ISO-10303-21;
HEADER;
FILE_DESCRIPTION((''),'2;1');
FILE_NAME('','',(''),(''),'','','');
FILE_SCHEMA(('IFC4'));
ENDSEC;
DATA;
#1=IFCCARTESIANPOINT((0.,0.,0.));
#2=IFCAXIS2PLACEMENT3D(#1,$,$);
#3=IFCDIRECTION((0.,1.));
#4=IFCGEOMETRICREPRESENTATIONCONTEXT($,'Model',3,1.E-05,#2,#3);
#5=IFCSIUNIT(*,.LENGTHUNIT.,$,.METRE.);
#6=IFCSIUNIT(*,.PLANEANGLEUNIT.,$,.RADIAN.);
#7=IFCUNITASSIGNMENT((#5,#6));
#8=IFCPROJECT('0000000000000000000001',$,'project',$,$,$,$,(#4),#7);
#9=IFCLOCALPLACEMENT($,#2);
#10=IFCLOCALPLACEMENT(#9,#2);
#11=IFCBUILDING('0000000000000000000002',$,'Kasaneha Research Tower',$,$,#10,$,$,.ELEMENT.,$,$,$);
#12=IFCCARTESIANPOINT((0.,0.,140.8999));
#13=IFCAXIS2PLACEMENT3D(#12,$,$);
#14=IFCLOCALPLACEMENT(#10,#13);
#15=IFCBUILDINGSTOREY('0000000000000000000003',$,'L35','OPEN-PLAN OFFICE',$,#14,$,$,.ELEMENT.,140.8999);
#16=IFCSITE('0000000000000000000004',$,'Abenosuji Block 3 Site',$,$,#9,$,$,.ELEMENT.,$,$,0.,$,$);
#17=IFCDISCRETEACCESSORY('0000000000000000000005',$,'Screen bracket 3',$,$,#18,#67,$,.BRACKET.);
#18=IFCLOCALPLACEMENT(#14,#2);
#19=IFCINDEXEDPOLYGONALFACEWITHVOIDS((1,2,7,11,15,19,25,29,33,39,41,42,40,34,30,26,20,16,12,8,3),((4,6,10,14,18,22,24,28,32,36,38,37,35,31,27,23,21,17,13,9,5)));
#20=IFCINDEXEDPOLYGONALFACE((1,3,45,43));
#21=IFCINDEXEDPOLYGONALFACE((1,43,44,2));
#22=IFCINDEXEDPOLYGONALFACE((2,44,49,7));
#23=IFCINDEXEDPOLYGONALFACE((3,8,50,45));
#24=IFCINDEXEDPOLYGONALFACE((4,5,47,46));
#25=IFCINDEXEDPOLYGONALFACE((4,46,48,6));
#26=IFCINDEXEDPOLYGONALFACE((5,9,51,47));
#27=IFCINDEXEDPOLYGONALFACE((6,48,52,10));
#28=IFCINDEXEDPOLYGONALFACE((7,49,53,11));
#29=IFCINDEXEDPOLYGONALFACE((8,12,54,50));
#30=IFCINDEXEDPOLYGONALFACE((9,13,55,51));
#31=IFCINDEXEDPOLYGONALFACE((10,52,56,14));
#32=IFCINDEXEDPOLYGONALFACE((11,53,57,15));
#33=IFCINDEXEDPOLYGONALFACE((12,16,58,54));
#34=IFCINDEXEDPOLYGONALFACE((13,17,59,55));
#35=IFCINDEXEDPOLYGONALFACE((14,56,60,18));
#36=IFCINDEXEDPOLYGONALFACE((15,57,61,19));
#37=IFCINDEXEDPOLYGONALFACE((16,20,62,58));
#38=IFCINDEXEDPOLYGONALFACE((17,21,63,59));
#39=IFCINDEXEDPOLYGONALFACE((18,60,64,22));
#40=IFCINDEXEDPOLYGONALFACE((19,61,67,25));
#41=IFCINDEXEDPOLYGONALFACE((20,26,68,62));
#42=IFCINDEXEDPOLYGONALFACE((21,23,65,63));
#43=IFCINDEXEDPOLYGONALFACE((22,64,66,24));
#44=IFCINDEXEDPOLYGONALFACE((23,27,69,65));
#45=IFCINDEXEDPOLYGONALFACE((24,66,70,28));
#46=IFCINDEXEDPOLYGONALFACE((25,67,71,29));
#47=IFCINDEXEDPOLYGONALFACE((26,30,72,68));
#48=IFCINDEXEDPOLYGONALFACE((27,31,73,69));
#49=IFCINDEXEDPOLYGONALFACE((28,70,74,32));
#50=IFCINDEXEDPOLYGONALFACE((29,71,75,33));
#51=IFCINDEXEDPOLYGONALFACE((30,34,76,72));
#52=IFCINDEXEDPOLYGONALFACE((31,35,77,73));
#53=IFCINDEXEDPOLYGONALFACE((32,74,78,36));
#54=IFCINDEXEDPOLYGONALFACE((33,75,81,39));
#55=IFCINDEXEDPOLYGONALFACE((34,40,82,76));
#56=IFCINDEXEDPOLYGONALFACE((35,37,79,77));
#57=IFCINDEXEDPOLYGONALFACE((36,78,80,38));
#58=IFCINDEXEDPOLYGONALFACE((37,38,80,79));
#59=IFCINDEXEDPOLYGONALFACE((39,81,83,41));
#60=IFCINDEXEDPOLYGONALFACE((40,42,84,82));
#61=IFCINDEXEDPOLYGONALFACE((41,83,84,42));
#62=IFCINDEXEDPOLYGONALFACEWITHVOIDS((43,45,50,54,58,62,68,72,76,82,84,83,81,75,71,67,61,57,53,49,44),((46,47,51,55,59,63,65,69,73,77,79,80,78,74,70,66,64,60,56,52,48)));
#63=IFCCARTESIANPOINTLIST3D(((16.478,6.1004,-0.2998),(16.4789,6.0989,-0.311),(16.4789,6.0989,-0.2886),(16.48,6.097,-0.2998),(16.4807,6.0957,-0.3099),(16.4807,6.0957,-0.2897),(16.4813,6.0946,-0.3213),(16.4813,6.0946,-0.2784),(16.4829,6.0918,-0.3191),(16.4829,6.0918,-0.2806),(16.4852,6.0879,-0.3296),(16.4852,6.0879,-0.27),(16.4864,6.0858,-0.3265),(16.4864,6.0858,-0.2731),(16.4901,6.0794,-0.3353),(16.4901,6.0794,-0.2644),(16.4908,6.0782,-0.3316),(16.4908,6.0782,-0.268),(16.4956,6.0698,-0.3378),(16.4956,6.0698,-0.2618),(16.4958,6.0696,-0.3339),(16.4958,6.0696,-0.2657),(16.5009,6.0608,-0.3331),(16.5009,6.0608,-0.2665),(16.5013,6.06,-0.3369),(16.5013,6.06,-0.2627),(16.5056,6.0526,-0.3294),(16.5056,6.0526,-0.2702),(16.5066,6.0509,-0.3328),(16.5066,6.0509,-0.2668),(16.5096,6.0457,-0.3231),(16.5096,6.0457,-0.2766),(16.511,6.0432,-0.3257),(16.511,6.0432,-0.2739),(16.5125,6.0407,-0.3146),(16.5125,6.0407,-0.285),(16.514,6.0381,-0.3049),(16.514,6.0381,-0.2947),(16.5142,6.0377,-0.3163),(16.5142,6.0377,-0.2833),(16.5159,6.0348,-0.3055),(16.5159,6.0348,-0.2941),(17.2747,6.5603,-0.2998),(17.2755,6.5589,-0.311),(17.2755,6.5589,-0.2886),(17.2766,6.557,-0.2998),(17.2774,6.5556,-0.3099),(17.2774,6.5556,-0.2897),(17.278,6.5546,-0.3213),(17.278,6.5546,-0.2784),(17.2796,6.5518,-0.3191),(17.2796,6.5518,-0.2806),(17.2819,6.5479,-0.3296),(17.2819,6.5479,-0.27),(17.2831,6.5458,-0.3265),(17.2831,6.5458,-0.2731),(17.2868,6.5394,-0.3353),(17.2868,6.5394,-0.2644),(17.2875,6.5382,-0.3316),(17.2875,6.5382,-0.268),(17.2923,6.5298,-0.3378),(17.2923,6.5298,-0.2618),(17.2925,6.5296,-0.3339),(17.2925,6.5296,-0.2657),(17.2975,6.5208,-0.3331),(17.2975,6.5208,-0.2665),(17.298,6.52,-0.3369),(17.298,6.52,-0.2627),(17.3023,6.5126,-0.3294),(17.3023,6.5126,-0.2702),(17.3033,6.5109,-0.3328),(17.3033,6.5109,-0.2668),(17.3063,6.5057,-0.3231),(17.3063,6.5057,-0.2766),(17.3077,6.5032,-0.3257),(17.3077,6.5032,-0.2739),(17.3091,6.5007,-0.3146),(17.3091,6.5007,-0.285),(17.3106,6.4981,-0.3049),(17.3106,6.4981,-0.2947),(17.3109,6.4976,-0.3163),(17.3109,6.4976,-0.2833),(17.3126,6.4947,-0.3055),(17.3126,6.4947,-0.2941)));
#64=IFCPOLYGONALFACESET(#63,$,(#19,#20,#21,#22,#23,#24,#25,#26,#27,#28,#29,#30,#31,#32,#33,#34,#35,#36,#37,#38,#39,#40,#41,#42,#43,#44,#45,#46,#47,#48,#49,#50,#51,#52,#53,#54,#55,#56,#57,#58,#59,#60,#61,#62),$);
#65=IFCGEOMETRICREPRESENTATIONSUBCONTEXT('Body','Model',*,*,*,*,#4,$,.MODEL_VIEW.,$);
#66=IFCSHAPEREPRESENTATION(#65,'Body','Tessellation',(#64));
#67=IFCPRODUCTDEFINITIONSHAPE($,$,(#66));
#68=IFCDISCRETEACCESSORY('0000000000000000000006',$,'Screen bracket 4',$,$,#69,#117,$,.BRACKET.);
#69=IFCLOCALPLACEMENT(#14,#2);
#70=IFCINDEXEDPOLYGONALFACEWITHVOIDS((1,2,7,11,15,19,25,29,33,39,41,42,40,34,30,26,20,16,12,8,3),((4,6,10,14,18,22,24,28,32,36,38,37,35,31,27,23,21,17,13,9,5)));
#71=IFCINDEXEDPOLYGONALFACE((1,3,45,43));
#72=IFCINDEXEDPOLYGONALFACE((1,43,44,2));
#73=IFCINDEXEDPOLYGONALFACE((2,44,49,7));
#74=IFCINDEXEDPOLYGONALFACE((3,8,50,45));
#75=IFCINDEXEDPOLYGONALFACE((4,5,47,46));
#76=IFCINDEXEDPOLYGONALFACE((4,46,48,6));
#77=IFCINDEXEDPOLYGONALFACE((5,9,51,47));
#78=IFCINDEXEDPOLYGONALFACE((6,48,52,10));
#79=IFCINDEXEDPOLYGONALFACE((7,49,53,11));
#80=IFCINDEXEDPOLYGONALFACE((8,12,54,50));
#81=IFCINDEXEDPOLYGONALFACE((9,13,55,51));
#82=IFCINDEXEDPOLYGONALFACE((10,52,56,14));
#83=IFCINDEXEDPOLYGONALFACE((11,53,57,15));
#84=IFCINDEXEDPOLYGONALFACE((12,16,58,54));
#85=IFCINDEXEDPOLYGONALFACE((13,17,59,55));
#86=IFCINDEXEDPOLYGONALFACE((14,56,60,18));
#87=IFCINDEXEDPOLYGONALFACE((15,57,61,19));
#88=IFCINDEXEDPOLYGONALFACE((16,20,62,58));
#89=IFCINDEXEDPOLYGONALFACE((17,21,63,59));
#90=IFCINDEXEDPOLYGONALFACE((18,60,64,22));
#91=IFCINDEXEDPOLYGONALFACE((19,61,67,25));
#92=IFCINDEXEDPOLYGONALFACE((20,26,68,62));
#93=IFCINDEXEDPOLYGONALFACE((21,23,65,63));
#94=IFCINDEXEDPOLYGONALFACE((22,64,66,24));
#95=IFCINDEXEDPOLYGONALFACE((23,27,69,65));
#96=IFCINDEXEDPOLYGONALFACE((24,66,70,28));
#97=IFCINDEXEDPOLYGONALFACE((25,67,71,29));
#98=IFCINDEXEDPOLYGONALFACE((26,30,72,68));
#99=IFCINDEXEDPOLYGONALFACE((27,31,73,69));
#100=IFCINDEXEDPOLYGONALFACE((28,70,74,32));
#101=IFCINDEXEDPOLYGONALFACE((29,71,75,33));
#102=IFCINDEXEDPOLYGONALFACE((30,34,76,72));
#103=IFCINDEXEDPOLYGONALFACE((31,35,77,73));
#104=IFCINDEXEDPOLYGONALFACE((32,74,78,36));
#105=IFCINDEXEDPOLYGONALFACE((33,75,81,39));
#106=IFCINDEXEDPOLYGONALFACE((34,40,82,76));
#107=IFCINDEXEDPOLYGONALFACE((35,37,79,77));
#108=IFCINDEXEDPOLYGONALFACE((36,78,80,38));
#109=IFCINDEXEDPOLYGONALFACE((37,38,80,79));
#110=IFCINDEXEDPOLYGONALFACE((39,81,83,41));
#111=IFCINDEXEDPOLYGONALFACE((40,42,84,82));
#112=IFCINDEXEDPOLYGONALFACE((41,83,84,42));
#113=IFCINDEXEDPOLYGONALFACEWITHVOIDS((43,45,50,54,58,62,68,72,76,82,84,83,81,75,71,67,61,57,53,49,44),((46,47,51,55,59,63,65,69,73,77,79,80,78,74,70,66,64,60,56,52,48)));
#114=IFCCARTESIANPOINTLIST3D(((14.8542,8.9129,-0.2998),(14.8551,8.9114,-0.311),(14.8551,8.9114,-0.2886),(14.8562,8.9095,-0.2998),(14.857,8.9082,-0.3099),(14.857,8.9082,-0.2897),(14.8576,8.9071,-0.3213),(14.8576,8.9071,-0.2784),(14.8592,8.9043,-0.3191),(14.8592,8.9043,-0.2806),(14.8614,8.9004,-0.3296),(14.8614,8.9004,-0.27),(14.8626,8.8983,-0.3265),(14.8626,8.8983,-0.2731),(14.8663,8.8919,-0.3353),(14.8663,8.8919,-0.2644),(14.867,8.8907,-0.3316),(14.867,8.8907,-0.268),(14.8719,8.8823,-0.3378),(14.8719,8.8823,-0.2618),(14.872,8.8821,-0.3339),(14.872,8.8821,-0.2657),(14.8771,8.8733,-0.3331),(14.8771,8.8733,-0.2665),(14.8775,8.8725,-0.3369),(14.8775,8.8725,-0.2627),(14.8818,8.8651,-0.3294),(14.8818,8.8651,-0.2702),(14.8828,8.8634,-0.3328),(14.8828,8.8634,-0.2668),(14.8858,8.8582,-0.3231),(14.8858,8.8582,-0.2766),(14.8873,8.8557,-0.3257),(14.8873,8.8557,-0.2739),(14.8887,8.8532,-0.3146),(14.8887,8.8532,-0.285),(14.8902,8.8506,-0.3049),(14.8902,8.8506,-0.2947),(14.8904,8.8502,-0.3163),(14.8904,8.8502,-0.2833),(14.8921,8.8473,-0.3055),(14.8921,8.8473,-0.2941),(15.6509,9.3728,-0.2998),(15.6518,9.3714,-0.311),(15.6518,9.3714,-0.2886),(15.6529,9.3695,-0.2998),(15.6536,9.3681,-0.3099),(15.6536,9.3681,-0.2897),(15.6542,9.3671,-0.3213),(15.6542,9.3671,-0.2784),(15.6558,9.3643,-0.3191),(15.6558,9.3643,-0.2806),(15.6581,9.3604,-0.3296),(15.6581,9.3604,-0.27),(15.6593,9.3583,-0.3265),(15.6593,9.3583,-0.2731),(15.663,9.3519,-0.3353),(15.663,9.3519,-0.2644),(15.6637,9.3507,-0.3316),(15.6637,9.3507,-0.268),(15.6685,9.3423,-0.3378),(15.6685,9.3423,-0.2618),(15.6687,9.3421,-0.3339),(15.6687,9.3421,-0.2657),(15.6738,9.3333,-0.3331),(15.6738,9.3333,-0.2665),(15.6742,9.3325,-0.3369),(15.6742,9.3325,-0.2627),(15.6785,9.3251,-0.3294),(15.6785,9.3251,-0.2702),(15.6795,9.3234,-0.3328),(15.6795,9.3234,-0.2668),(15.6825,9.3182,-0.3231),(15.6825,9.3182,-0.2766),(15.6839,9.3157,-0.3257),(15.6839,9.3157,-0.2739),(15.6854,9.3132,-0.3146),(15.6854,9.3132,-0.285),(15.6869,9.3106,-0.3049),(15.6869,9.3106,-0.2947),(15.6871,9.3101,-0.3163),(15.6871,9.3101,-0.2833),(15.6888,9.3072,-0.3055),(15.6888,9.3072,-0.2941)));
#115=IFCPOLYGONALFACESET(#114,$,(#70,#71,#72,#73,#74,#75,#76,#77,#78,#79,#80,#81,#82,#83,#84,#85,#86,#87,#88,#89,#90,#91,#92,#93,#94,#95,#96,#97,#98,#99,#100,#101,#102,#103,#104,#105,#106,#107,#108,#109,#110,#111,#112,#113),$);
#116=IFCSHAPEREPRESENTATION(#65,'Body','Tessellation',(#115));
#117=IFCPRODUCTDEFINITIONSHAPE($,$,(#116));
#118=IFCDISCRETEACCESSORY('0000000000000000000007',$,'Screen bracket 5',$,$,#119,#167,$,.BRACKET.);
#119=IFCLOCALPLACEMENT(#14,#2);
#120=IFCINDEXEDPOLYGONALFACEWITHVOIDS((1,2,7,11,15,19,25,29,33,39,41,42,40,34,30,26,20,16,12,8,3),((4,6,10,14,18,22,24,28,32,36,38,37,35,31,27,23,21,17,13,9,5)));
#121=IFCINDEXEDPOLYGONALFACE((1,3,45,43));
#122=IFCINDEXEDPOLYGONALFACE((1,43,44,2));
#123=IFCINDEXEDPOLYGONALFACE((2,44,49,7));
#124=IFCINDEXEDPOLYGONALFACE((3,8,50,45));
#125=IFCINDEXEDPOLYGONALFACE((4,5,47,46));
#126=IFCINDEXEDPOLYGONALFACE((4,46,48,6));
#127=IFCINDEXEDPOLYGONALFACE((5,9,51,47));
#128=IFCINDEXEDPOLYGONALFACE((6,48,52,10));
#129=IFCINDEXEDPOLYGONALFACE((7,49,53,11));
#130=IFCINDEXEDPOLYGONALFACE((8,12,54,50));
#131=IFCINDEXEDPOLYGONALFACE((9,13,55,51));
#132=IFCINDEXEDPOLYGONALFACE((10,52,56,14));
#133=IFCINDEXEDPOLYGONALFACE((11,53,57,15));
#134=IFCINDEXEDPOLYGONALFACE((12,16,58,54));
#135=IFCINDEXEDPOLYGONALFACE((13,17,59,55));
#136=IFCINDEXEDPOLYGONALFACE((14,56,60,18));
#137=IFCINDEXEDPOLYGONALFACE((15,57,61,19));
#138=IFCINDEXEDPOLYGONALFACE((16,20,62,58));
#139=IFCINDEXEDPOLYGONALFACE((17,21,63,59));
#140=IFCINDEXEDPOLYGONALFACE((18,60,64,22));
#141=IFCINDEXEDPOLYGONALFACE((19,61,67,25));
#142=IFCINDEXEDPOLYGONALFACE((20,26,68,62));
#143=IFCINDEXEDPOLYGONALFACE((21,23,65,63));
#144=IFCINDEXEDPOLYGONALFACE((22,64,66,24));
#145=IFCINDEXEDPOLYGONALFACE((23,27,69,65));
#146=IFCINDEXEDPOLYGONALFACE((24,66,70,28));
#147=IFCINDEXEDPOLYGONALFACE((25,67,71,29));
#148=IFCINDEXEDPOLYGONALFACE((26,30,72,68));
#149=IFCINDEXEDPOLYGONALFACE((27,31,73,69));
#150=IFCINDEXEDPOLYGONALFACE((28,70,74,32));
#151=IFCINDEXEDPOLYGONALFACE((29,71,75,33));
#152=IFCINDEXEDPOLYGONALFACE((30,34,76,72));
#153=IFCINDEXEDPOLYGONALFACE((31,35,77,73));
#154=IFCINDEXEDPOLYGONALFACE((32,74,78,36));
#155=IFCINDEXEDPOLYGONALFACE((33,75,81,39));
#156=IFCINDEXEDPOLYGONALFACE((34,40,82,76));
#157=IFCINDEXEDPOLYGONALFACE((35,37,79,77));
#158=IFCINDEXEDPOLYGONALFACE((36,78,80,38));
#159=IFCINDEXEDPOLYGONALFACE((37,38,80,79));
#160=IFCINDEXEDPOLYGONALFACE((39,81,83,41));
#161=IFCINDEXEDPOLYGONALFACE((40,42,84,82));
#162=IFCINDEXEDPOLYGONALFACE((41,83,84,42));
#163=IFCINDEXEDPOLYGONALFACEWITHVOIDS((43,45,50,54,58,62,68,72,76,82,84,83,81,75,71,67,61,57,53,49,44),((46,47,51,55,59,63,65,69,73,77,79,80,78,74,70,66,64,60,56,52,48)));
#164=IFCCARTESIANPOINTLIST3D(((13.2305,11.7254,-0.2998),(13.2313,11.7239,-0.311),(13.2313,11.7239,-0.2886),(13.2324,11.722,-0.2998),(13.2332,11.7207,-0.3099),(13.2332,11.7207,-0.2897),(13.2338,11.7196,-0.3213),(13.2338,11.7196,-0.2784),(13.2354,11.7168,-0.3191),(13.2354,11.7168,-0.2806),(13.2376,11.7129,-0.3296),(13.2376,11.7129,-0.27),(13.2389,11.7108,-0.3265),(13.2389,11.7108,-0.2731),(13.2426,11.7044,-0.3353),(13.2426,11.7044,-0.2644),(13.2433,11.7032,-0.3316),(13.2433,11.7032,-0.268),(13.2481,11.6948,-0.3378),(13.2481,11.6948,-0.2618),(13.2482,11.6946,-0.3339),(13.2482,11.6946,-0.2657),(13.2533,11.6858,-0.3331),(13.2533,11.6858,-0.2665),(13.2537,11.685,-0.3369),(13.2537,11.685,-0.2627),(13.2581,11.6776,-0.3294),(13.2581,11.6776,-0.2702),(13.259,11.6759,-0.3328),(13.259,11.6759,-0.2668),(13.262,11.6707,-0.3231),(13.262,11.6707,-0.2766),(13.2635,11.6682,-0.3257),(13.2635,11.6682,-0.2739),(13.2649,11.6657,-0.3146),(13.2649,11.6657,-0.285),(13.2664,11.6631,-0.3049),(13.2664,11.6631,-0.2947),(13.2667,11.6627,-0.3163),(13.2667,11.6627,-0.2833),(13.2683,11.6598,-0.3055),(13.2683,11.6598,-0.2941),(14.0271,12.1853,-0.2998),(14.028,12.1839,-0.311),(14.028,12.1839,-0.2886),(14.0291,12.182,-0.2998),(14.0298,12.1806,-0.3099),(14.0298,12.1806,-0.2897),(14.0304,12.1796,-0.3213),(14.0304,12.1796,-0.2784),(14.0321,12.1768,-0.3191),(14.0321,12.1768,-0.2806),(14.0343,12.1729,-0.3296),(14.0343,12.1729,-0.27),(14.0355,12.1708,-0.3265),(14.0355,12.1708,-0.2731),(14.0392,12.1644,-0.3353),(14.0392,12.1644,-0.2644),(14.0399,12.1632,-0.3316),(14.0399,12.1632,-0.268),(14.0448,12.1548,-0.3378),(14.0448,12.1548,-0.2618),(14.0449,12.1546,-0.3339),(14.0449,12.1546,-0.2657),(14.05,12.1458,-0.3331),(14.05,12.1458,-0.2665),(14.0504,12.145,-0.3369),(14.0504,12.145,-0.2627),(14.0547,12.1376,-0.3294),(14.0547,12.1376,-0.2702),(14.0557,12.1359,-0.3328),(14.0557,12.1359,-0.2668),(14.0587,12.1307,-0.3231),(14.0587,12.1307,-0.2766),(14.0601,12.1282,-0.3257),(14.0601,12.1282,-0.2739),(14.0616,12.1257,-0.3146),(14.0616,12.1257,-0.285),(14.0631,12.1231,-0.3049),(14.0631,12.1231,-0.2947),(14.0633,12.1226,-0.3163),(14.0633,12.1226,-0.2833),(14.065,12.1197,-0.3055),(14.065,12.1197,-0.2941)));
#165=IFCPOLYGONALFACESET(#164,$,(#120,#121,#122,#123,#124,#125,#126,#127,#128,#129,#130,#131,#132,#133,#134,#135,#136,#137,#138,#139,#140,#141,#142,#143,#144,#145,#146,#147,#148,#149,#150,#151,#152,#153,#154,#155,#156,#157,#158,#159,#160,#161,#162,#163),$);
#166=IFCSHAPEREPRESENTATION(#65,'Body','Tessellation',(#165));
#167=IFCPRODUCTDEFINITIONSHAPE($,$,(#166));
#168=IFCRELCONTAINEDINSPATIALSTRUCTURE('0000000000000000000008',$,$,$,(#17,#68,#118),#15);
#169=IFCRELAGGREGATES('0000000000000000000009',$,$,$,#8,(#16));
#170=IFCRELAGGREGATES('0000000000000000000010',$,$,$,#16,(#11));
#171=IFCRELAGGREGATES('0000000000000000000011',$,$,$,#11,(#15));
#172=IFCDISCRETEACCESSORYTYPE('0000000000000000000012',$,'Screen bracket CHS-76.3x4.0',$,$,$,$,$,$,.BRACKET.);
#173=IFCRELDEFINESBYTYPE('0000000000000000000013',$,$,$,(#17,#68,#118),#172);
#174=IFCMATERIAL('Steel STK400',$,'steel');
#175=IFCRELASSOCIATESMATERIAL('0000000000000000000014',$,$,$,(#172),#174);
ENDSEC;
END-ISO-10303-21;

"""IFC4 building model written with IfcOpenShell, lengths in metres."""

from ifc_helpers import new_model, si_unit, direction, frame, origin, origin_2d, place, context, subcontext, project, spatial, hollow_circle, extrude, material, material_profile, profile_set, type_object, element, save


model = new_model("IFC4")

# Units and contexts
model_context = context("Model", 3, precision=1e-05, world=origin(), true_north=direction((0.0, 1.0)))
body_context = subcontext(model_context, "Body", "Model", "MODEL_VIEW")
ifc_project = project(units=[si_unit("LENGTHUNIT", "METRE"), si_unit("PLANEANGLEUNIT", "RADIAN")], contexts=[model_context])

# Site, building, storey
site_placement = place(None, origin())
site = spatial("IfcSite", under=ifc_project, at=site_placement, Name="Abenosuji Block 3 Site", CompositionType="ELEMENT", RefElevation=0.0)
building_placement = place(site_placement, origin())
building = spatial("IfcBuilding", under=site, at=building_placement, Name="Kasaneha Research Tower", CompositionType="ELEMENT")
storey_placement = place(building_placement, frame((0.0, 0.0, 140.8999)))
storey = spatial("IfcBuildingStorey", under=building, at=storey_placement, Name="L35", Description="OPEN-PLAN OFFICE", CompositionType="ELEMENT", Elevation=140.8999)

# Discrete accessories
ifc_material_1 = material(Name="Steel STK400", Category="steel")
ifc_material_profile_1 = material_profile(ifc_material_1, hollow_circle(Radius=0.0381, WallThickness=0.0039, at=origin_2d()), Name="CHS-76.3x4.0")
ifc_profile_set_1 = profile_set([ifc_material_profile_1], Name="Steel STK400")
discrete_accessory_type = type_object("IfcDiscreteAccessoryType", Name="Screen bracket CHS-76.3x4.0", PredefinedType="BRACKET", material=ifc_profile_set_1)
for number, where, z_axis, x_axis, name in (
    (1, (16.4971, 6.0674, -0.2998), (0.866013, 0.500021, 0.0), (-0.500021, 0.866013, 0.0), "Screen bracket 3"),
    (2, (14.8733, 8.8799, -0.2998), (0.866013, 0.500021, 0.0), (-0.500021, 0.866013, 0.0), "Screen bracket 4"),
    (3, (13.2495, 11.6924, -0.2998), (0.866013, 0.500021, 0.0), (-0.500021, 0.866013, 0.0), "Screen bracket 5"),
):
    element("IfcDiscreteAccessory", number, at=place(storey_placement, frame(where, z_axis=z_axis, x_axis=x_axis)), inside=storey, type_object=discrete_accessory_type, Name=name, PredefinedType="BRACKET", context=body_context, shape_type="SweptSolid", body=[
        extrude(hollow_circle(Radius=0.0381, WallThickness=0.0039, at=origin_2d()), origin(), (0.0, 0.0, 1.0), 0.9199),
    ])

save(model, "model.ifc")
